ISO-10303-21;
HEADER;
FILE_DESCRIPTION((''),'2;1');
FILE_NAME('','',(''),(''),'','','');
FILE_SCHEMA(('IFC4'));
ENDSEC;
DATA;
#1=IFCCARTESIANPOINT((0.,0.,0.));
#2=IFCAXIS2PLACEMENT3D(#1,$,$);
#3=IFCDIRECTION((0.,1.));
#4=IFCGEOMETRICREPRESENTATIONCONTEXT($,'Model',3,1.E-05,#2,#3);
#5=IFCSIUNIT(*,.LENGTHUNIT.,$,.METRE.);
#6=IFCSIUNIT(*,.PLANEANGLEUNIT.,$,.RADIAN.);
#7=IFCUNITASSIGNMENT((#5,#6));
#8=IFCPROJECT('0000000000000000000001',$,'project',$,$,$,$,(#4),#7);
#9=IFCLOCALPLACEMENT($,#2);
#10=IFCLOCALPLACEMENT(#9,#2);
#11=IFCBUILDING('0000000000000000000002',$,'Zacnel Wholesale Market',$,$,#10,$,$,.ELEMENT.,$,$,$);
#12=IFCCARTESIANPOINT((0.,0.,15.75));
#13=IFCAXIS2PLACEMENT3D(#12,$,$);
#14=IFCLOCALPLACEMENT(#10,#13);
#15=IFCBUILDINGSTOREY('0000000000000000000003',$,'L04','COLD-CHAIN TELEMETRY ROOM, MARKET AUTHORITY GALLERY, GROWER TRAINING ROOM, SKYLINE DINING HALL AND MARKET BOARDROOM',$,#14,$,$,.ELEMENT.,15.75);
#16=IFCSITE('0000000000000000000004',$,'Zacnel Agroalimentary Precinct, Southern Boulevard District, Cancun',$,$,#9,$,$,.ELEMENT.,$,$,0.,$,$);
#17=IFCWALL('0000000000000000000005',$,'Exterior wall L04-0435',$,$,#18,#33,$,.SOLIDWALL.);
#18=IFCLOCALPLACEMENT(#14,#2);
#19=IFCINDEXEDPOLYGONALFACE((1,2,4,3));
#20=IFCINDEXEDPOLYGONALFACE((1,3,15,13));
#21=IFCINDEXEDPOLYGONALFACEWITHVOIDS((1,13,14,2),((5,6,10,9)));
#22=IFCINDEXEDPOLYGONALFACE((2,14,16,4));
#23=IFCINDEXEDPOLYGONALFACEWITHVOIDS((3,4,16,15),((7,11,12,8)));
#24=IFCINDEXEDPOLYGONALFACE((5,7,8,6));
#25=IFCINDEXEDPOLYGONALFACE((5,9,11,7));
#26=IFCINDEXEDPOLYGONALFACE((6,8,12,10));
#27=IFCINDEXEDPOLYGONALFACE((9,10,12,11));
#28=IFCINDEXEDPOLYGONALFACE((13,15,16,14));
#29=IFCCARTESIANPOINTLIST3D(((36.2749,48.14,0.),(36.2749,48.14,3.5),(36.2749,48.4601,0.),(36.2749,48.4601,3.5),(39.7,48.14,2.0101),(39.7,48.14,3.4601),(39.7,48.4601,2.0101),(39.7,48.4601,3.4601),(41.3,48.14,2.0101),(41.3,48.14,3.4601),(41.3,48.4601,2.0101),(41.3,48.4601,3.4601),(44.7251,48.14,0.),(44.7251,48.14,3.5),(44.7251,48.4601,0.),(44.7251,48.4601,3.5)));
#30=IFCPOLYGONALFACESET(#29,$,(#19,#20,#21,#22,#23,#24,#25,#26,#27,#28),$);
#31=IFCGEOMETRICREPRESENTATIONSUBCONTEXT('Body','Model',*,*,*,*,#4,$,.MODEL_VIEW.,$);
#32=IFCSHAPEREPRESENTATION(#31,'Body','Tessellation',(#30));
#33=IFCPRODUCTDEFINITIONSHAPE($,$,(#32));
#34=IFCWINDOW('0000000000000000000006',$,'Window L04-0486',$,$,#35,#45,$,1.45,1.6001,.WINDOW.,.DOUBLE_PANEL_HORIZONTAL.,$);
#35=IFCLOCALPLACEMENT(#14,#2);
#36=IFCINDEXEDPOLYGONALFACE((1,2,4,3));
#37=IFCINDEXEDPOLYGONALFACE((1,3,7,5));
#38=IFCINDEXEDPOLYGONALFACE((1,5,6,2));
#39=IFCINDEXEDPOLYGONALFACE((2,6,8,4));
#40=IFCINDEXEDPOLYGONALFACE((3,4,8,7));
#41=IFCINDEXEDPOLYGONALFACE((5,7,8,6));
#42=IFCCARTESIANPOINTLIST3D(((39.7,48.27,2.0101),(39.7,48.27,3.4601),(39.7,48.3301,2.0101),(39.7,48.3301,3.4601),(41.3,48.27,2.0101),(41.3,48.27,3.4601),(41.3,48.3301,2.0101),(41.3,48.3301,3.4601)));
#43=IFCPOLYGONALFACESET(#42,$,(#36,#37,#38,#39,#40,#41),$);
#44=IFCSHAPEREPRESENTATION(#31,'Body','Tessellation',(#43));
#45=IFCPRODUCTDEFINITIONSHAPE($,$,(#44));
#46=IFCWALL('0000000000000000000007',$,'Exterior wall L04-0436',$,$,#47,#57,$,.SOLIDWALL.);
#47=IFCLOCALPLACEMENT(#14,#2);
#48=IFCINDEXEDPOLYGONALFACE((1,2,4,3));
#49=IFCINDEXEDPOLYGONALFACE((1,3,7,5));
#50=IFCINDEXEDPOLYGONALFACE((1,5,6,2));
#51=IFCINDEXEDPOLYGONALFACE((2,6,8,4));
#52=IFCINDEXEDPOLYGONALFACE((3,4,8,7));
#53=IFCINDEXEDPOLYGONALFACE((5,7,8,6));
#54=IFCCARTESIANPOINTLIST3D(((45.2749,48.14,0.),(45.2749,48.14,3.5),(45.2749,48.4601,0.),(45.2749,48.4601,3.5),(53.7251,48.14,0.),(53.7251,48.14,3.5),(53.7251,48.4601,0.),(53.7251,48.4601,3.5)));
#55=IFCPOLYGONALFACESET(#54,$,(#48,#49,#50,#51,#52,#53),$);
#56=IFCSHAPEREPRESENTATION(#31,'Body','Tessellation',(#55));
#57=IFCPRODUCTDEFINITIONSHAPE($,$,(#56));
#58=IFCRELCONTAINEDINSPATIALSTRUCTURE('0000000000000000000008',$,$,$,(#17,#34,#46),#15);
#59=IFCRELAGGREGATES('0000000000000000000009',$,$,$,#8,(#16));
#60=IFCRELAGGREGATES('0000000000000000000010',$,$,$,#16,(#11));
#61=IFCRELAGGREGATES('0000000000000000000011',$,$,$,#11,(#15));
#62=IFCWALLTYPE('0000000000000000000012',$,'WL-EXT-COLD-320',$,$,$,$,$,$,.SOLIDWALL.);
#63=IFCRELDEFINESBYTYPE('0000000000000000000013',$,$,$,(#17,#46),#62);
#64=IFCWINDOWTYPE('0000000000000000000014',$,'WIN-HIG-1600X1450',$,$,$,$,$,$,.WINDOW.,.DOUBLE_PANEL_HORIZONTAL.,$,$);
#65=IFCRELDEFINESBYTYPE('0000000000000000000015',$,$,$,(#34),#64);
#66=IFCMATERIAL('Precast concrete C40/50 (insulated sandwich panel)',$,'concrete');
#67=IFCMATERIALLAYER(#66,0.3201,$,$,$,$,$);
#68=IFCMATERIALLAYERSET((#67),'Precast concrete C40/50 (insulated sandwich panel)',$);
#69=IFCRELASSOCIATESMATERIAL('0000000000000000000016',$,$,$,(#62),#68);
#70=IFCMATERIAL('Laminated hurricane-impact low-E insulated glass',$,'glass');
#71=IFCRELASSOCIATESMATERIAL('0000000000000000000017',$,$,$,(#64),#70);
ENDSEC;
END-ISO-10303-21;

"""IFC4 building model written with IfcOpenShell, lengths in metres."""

from ifc_helpers import new_model, si_unit, direction, frame, frame_2d, origin, place, context, subcontext, project, spatial, rectangle, extrude, material, layer, layer_set, type_object, element, fill, save


model = new_model("IFC4")

# Units and contexts
model_context = context("Model", 3, precision=1e-05, world=origin(), true_north=direction((0.0, 1.0)))
body_context = subcontext(model_context, "Body", "Model", "MODEL_VIEW")
ifc_project = project(units=[si_unit("LENGTHUNIT", "METRE"), si_unit("PLANEANGLEUNIT", "RADIAN")], contexts=[model_context])

# Site, building, storey
site_placement = place(None, origin())
site = spatial("IfcSite", under=ifc_project, at=site_placement, Name="Zacnel Agroalimentary Precinct, Southern Boulevard District, Cancun", CompositionType="ELEMENT", RefElevation=0.0)
building_placement = place(site_placement, origin())
building = spatial("IfcBuilding", under=site, at=building_placement, Name="Zacnel Wholesale Market", CompositionType="ELEMENT")
storey_placement = place(building_placement, frame((0.0, 0.0, 15.75)))
storey = spatial("IfcBuildingStorey", under=building, at=storey_placement, Name="L04", Description="COLD-CHAIN TELEMETRY ROOM, MARKET AUTHORITY GALLERY, GROWER TRAINING ROOM, SKYLINE DINING HALL AND MARKET BOARDROOM", CompositionType="ELEMENT", Elevation=15.75)

# Shared definitions
ifc_material_1 = material(Name="Precast concrete C40/50 (insulated sandwich panel)", Category="concrete")
ifc_layer = layer(ifc_material_1, 0.3201)
ifc_layer_set = layer_set([ifc_layer], Name="Precast concrete C40/50 (insulated sandwich panel)")
wall_type = type_object("IfcWallType", Name="WL-EXT-COLD-320", PredefinedType="SOLIDWALL", material=ifc_layer_set)
ifc_material_2 = material(Name="Laminated hurricane-impact low-E insulated glass", Category="glass")
window_type = type_object("IfcWindowType", Name="WIN-HIG-1600X1450", PartitioningType="DOUBLE_PANEL_HORIZONTAL", PredefinedType="WINDOW", material=ifc_material_2)

# Wall, opening, window
wall_1_placement = place(storey_placement, frame((36.2749, 48.3, 0.0), z_axis=(0.0, 0.0, 1.0), x_axis=(1.0, 0.0, 0.0)))
wall_1 = element("IfcWall", 1, at=wall_1_placement, inside=storey, type_object=wall_type, Name="Exterior wall L04-0435", PredefinedType="SOLIDWALL", context=body_context, shape_type="SweptSolid", body=[
    extrude(rectangle(XDim=8.4502, YDim=0.3201, at=frame_2d((4.2251, 0.0))), origin(), (0.0, 0.0, 1.0), 3.5),
])
opening_1_placement = place(wall_1_placement, frame((3.425, 0.0, 2.01)))
opening_1 = element("IfcOpeningElement", 2, at=opening_1_placement, cuts=wall_1, PredefinedType="OPENING", context=body_context, shape_type="SweptSolid", body=[
    extrude(rectangle(XDim=1.6001, YDim=1.45, at=frame_2d((0.8, 0.7251))), frame((0.0, 0.1699, 0.0), z_axis=(0.0, -1.0, 0.0), x_axis=(1.0, 0.0, 0.0)), (0.0, 0.0, 1.0), 0.3401),
])
window_1_placement = place(opening_1_placement, origin())
window_1 = element("IfcWindow", 3, at=window_1_placement, inside=storey, type_object=window_type, Name="Window L04-0486", OverallHeight=1.45, OverallWidth=1.6001, PartitioningType="DOUBLE_PANEL_HORIZONTAL", PredefinedType="WINDOW", context=body_context, shape_type="SweptSolid", body=[
    extrude(rectangle(XDim=1.6001, YDim=1.45, at=frame_2d((0.8, 0.7251))), frame((0.0, 0.03, 0.0), z_axis=(0.0, -1.0, 0.0), x_axis=(1.0, 0.0, 0.0)), (0.0, 0.0, 1.0), 0.0601),
])
fill(opening_1, window_1)

# Wall
wall_2_placement = place(storey_placement, frame((45.2749, 48.3, 0.0), z_axis=(0.0, 0.0, 1.0), x_axis=(1.0, 0.0, 0.0)))
element("IfcWall", 4, at=wall_2_placement, inside=storey, type_object=wall_type, Name="Exterior wall L04-0436", PredefinedType="SOLIDWALL", context=body_context, shape_type="SweptSolid", body=[
    extrude(rectangle(XDim=8.4502, YDim=0.3201, at=frame_2d((4.2251, 0.0))), origin(), (0.0, 0.0, 1.0), 3.5),
])

save(model, "model.ifc")
